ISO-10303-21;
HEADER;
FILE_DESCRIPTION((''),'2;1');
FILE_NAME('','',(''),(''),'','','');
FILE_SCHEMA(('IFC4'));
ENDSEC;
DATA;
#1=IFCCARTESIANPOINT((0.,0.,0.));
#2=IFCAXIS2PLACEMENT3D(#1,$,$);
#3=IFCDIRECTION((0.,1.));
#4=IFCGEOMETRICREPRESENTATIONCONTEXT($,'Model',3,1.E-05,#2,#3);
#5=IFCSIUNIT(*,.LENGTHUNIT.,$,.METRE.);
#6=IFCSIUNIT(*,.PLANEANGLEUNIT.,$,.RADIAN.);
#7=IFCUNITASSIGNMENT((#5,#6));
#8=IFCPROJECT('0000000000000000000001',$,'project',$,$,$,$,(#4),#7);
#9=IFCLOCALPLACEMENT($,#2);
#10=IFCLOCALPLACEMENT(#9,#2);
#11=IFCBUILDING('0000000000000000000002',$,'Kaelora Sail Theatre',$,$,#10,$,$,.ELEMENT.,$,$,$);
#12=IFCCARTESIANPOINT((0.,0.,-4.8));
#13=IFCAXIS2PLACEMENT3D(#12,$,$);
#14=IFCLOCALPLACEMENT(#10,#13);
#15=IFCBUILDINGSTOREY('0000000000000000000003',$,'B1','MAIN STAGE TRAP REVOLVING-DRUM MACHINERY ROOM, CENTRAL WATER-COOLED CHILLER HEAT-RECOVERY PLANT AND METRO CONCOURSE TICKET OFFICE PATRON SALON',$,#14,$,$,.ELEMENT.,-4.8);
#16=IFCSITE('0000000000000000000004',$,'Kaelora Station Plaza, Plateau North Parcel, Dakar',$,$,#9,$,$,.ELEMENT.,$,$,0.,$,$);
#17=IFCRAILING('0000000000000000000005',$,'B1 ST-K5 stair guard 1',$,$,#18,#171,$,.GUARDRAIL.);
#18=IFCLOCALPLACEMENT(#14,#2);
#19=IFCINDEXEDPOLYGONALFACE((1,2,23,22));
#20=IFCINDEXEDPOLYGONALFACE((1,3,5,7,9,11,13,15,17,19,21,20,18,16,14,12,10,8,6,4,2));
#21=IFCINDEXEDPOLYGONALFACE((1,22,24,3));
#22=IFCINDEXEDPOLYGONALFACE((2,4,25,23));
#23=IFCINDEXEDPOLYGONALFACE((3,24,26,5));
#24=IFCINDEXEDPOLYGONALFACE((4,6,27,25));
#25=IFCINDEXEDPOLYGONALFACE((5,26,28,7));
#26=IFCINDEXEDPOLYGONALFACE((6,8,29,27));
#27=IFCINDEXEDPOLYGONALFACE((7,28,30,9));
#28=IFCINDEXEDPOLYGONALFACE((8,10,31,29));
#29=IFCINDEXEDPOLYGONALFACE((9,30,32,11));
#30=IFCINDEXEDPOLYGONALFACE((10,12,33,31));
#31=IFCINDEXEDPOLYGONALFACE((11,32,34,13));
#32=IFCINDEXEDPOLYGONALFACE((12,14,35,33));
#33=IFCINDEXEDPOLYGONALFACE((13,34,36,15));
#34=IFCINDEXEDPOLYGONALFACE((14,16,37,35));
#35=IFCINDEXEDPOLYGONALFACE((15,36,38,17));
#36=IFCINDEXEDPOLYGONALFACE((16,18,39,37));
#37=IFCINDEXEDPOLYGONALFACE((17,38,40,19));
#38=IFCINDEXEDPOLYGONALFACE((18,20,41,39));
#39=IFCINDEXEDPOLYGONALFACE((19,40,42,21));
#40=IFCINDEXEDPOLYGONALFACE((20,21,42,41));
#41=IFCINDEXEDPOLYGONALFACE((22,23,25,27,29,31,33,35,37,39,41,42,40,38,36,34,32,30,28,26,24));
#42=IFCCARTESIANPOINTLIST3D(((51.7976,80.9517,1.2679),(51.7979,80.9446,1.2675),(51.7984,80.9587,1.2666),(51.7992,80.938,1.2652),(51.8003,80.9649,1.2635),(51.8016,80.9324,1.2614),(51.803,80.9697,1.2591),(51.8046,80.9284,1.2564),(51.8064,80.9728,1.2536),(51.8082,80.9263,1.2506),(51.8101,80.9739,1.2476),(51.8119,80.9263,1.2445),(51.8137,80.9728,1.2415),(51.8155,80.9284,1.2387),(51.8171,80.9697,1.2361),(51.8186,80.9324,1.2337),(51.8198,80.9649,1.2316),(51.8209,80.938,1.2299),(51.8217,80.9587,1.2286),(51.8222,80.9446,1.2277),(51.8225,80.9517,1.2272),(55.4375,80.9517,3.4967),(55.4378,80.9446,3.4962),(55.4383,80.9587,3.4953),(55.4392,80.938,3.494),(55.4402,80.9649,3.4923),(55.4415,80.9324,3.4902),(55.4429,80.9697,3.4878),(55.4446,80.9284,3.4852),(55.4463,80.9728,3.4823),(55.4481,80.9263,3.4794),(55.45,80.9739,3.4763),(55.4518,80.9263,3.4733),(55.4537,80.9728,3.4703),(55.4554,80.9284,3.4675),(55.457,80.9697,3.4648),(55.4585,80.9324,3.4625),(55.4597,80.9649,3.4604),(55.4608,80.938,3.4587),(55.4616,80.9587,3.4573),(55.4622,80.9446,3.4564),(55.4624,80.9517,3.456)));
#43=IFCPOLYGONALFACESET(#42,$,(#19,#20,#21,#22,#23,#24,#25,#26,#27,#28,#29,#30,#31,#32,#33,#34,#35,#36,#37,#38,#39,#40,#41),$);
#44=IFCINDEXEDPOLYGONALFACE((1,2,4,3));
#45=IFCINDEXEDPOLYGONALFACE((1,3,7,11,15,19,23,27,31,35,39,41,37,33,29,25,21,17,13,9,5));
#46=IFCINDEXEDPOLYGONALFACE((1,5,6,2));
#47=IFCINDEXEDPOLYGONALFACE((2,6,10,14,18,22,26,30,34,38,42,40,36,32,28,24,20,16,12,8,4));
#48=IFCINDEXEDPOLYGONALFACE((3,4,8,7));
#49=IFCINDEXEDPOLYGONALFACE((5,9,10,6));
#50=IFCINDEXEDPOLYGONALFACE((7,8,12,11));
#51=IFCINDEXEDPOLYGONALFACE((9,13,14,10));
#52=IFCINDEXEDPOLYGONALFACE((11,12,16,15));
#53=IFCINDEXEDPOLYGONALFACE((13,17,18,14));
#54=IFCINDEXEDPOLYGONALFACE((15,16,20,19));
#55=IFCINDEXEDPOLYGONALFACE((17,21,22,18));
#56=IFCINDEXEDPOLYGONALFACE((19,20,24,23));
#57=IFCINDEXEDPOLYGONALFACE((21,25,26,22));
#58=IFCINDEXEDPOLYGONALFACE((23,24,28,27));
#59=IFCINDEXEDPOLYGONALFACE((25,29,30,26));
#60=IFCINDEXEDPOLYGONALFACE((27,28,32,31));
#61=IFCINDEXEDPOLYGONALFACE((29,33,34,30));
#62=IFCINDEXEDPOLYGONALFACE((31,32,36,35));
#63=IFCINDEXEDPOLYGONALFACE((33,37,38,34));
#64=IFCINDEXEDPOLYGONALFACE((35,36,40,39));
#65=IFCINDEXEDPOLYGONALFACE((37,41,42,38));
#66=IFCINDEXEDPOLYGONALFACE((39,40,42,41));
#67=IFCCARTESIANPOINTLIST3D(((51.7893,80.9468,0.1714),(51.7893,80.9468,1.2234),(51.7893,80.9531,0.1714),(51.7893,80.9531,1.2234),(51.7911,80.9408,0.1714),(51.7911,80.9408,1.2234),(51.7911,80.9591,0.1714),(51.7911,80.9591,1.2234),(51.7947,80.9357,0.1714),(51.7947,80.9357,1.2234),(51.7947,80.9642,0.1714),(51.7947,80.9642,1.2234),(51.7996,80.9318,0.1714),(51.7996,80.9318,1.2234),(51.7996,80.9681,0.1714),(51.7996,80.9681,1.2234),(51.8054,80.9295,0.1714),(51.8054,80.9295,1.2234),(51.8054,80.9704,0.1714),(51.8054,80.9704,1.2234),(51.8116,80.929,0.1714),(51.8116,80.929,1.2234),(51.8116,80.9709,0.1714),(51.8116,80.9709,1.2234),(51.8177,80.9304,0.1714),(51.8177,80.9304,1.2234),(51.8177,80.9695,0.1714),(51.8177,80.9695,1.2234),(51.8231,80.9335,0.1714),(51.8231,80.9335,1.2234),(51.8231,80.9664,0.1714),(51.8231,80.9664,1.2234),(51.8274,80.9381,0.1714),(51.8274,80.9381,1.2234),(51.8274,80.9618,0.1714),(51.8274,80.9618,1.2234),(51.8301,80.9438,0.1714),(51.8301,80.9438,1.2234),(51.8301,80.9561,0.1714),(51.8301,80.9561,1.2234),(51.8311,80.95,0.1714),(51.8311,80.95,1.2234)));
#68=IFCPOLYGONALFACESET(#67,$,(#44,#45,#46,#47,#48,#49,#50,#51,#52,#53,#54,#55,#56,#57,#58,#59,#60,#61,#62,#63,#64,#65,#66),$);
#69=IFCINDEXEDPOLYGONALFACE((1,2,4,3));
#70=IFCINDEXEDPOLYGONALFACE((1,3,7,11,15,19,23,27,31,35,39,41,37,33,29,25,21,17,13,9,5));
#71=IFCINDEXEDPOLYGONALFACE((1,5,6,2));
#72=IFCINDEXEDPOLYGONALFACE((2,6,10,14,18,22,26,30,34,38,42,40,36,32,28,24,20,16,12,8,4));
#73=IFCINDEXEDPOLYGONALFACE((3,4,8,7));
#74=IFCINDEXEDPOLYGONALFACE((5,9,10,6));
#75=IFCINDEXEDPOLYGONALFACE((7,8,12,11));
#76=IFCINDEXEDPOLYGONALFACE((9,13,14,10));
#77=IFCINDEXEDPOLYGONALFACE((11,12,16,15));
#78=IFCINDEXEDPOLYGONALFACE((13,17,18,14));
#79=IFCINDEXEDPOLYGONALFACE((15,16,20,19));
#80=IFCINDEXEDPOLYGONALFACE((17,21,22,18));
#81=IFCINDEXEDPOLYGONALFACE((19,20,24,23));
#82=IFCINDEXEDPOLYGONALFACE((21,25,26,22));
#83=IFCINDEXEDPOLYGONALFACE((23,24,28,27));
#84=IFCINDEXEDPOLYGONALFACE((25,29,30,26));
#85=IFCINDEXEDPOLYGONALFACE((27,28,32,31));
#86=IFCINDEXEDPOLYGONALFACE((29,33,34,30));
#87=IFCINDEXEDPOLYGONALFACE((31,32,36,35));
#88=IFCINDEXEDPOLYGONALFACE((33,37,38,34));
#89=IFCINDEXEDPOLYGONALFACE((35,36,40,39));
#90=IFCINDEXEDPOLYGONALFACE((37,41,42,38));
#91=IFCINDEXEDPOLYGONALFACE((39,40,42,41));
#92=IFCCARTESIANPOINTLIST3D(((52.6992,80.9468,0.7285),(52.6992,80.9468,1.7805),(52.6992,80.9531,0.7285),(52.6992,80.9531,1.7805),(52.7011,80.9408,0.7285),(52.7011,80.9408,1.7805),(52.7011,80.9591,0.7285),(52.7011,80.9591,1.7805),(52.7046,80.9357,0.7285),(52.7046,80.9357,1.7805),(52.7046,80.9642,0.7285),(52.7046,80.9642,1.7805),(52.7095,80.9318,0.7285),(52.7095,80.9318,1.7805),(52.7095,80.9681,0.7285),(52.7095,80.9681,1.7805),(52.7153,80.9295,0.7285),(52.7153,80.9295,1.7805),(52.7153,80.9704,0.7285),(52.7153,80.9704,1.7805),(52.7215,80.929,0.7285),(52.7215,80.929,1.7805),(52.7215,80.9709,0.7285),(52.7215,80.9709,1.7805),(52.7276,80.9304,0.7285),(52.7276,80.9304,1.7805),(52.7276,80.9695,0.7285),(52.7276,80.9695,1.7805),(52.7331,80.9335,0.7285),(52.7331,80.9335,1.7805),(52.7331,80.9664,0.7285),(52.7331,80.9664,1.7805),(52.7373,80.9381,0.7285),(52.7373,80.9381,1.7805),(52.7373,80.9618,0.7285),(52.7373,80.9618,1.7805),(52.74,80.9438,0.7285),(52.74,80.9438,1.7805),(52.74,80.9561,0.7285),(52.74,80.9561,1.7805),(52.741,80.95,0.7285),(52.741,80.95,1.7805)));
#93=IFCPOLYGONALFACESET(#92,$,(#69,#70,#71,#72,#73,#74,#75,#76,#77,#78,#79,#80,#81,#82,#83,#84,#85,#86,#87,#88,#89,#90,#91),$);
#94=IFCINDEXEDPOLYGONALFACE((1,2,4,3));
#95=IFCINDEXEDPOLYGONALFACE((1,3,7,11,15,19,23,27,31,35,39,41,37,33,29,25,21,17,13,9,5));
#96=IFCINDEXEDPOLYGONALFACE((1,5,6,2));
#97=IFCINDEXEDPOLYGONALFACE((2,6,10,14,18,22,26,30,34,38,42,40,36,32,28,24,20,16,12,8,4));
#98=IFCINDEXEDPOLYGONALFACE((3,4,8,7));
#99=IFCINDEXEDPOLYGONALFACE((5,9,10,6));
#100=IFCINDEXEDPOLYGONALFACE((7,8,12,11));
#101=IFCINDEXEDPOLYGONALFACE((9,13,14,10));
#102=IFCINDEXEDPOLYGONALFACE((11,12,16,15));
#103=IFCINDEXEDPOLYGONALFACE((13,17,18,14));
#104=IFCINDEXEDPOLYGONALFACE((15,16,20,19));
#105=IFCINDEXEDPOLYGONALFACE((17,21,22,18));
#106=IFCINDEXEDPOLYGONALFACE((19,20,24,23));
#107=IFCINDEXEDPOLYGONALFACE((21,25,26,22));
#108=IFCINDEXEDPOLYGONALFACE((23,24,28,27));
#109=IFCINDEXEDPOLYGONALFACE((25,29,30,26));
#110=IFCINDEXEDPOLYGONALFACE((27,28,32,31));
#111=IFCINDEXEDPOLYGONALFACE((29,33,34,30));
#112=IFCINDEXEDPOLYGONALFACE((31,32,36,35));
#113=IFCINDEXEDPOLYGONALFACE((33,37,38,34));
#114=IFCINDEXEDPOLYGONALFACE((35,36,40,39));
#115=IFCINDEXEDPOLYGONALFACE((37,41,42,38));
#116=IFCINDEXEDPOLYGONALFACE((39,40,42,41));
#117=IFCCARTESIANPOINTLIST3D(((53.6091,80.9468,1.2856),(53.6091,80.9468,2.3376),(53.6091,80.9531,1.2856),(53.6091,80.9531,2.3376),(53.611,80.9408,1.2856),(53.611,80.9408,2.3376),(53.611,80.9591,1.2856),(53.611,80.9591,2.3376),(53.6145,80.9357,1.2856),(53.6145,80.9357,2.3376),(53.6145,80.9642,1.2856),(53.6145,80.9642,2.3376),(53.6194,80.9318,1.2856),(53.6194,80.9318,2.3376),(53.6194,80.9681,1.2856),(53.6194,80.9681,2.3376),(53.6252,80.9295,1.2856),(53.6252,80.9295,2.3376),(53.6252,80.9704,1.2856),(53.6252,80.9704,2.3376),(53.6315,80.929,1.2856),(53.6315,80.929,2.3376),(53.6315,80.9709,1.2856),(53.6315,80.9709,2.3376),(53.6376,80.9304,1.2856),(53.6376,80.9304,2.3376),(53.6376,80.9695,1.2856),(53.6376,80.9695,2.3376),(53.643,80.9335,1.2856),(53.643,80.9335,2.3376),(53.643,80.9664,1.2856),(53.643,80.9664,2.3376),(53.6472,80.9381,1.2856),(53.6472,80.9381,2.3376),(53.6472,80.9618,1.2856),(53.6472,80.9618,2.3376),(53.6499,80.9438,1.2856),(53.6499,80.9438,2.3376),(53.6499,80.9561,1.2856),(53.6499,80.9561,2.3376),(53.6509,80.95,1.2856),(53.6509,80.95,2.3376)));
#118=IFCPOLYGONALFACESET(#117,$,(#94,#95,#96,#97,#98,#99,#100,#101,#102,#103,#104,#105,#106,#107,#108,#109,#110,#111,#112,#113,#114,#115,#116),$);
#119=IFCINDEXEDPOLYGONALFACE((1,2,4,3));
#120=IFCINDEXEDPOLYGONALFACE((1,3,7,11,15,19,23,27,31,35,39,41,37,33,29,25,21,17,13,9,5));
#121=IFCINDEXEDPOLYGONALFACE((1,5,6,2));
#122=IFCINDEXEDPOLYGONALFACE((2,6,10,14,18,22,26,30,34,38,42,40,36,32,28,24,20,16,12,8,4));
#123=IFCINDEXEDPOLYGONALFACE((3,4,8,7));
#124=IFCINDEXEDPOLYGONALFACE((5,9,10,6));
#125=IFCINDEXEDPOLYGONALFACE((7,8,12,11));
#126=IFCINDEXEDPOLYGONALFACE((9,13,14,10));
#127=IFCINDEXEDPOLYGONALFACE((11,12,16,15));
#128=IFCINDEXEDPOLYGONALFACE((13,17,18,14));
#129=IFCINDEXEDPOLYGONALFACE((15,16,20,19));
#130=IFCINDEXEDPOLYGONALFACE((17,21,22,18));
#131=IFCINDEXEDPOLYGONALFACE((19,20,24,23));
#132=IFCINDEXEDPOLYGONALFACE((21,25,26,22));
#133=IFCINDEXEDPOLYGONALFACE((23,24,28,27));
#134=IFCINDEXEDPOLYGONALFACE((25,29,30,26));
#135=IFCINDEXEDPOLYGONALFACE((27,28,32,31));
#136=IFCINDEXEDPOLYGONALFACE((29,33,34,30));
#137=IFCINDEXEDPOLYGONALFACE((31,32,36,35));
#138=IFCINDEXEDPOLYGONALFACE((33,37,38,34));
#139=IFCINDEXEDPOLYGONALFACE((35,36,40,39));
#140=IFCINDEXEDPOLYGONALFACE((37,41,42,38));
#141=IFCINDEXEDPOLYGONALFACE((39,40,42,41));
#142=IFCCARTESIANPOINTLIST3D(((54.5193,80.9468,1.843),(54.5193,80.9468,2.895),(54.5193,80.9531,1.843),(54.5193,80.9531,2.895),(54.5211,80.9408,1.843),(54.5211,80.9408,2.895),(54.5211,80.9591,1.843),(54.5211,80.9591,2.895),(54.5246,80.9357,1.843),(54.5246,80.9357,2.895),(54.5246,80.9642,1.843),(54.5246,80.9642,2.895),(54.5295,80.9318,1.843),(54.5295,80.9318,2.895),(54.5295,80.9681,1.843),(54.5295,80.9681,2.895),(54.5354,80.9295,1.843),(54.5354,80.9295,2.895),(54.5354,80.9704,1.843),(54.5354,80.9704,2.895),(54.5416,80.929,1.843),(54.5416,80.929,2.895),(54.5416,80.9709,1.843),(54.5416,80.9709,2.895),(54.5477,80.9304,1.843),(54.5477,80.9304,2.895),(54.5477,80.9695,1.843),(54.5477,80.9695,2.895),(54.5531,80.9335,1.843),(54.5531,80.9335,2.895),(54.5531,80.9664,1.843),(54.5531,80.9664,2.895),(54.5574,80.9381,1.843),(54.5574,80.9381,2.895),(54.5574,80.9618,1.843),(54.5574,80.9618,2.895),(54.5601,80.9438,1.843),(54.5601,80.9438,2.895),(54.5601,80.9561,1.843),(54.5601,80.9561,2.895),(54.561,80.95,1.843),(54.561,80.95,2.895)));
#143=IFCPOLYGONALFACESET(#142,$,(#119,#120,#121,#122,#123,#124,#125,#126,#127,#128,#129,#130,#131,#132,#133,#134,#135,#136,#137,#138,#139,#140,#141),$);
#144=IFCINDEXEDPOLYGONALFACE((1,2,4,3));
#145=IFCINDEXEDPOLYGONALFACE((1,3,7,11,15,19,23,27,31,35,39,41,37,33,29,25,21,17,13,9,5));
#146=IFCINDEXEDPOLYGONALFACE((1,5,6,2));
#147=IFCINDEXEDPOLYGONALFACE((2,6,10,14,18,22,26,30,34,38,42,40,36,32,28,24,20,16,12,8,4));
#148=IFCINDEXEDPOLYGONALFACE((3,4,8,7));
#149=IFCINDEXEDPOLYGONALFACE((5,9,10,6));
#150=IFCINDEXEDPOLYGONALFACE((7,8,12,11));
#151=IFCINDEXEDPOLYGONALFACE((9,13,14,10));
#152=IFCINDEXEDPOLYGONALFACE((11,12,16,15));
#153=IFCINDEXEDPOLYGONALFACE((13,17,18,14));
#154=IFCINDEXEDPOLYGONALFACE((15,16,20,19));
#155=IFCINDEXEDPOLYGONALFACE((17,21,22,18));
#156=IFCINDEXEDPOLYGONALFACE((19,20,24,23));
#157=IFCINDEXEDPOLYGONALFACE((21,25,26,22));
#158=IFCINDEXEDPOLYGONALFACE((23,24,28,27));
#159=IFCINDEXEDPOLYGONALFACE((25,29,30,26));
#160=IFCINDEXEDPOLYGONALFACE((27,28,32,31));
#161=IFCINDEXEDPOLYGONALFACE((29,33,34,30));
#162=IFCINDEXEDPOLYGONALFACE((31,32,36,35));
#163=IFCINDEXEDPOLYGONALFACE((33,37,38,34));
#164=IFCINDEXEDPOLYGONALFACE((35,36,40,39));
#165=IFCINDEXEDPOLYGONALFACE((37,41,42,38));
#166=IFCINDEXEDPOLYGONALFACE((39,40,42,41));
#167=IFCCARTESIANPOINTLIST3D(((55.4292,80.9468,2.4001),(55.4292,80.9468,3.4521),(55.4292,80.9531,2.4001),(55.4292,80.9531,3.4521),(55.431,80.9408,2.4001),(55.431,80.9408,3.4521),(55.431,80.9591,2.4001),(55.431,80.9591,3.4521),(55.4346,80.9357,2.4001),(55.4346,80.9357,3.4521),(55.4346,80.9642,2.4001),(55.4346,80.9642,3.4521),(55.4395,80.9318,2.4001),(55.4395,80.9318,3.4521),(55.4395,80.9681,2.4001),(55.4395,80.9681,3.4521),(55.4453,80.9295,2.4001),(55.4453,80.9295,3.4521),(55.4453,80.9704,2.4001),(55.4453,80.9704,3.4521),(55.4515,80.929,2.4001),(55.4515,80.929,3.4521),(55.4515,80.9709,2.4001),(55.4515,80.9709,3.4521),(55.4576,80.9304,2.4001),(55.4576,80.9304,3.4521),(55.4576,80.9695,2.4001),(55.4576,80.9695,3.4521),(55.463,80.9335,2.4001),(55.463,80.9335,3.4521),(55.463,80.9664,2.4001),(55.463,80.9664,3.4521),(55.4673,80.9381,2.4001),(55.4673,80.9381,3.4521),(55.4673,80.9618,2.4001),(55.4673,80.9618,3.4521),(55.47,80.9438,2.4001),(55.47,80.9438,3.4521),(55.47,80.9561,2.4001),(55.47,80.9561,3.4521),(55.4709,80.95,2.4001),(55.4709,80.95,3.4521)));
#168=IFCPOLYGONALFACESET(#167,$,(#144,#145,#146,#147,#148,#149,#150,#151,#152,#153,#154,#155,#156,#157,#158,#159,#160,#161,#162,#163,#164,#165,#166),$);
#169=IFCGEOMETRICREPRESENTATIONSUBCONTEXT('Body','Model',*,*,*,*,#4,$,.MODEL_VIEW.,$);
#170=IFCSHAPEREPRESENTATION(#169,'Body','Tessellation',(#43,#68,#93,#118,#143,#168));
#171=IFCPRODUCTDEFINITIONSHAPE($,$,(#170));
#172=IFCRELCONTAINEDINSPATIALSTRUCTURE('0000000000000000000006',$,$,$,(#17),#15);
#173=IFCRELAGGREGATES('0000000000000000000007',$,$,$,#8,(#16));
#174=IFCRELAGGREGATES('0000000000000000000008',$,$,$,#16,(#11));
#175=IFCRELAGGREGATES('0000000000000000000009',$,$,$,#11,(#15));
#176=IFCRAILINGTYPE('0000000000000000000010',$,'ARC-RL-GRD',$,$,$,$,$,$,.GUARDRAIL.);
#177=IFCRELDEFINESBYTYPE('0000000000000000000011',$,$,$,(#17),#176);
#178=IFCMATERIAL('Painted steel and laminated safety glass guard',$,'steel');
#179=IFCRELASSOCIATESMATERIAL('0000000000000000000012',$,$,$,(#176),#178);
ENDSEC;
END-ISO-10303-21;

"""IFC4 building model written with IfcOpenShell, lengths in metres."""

from ifc_helpers import new_model, si_unit, direction, frame, origin, origin_2d, place, context, subcontext, project, spatial, circle, extrude, material, type_object, element, save


model = new_model("IFC4")

# Units and contexts
model_context = context("Model", 3, precision=1e-05, world=origin(), true_north=direction((0.0, 1.0)))
body_context = subcontext(model_context, "Body", "Model", "MODEL_VIEW")
ifc_project = project(units=[si_unit("LENGTHUNIT", "METRE"), si_unit("PLANEANGLEUNIT", "RADIAN")], contexts=[model_context])

# Site, building, storey
site_placement = place(None, origin())
site = spatial("IfcSite", under=ifc_project, at=site_placement, Name="Kaelora Station Plaza, Plateau North Parcel, Dakar", CompositionType="ELEMENT", RefElevation=0.0)
building_placement = place(site_placement, origin())
building = spatial("IfcBuilding", under=site, at=building_placement, Name="Kaelora Sail Theatre", CompositionType="ELEMENT")
storey_placement = place(building_placement, frame((0.0, 0.0, -4.8)))
storey = spatial("IfcBuildingStorey", under=building, at=storey_placement, Name="B1", Description="MAIN STAGE TRAP REVOLVING-DRUM MACHINERY ROOM, CENTRAL WATER-COOLED CHILLER HEAT-RECOVERY PLANT AND METRO CONCOURSE TICKET OFFICE PATRON SALON", CompositionType="ELEMENT", Elevation=-4.8)

# Railing
ifc_material_1 = material(Name="Painted steel and laminated safety glass guard", Category="steel")
railing_type_1 = type_object("IfcRailingType", Name="ARC-RL-GRD", PredefinedType="GUARDRAIL", material=ifc_material_1)
railing_1_placement = place(storey_placement, frame((51.8101, 80.95, 0.1714)))
element("IfcRailing", 1, at=railing_1_placement, inside=storey, type_object=railing_type_1, Name="B1 ST-K5 stair guard 1", PredefinedType="GUARDRAIL", context=body_context, shape_type="SweptSolid", body=[
    extrude(circle(Radius=0.0239, at=origin_2d()), frame((0.0, 0.0, 1.0762), z_axis=(0.852825, 0.0, 0.522197), x_axis=(0.0, 1.0, 0.0)), (0.0, 0.0, 1.0), 4.2681),
    extrude(circle(Radius=0.021, at=origin_2d()), origin(), (0.0, 0.0, 1.0), 1.052),
    extrude(circle(Radius=0.021, at=origin_2d()), frame((0.9099, 0.0, 0.5571)), (0.0, 0.0, 1.0), 1.052),
    extrude(circle(Radius=0.021, at=origin_2d()), frame((1.8198, 0.0, 1.1143)), (0.0, 0.0, 1.0), 1.052),
    extrude(circle(Radius=0.021, at=origin_2d()), frame((2.73, 0.0, 1.6716)), (0.0, 0.0, 1.0), 1.052),
    extrude(circle(Radius=0.021, at=origin_2d()), frame((3.6399, 0.0, 2.2288)), (0.0, 0.0, 1.0), 1.052),
])

save(model, "model.ifc")
